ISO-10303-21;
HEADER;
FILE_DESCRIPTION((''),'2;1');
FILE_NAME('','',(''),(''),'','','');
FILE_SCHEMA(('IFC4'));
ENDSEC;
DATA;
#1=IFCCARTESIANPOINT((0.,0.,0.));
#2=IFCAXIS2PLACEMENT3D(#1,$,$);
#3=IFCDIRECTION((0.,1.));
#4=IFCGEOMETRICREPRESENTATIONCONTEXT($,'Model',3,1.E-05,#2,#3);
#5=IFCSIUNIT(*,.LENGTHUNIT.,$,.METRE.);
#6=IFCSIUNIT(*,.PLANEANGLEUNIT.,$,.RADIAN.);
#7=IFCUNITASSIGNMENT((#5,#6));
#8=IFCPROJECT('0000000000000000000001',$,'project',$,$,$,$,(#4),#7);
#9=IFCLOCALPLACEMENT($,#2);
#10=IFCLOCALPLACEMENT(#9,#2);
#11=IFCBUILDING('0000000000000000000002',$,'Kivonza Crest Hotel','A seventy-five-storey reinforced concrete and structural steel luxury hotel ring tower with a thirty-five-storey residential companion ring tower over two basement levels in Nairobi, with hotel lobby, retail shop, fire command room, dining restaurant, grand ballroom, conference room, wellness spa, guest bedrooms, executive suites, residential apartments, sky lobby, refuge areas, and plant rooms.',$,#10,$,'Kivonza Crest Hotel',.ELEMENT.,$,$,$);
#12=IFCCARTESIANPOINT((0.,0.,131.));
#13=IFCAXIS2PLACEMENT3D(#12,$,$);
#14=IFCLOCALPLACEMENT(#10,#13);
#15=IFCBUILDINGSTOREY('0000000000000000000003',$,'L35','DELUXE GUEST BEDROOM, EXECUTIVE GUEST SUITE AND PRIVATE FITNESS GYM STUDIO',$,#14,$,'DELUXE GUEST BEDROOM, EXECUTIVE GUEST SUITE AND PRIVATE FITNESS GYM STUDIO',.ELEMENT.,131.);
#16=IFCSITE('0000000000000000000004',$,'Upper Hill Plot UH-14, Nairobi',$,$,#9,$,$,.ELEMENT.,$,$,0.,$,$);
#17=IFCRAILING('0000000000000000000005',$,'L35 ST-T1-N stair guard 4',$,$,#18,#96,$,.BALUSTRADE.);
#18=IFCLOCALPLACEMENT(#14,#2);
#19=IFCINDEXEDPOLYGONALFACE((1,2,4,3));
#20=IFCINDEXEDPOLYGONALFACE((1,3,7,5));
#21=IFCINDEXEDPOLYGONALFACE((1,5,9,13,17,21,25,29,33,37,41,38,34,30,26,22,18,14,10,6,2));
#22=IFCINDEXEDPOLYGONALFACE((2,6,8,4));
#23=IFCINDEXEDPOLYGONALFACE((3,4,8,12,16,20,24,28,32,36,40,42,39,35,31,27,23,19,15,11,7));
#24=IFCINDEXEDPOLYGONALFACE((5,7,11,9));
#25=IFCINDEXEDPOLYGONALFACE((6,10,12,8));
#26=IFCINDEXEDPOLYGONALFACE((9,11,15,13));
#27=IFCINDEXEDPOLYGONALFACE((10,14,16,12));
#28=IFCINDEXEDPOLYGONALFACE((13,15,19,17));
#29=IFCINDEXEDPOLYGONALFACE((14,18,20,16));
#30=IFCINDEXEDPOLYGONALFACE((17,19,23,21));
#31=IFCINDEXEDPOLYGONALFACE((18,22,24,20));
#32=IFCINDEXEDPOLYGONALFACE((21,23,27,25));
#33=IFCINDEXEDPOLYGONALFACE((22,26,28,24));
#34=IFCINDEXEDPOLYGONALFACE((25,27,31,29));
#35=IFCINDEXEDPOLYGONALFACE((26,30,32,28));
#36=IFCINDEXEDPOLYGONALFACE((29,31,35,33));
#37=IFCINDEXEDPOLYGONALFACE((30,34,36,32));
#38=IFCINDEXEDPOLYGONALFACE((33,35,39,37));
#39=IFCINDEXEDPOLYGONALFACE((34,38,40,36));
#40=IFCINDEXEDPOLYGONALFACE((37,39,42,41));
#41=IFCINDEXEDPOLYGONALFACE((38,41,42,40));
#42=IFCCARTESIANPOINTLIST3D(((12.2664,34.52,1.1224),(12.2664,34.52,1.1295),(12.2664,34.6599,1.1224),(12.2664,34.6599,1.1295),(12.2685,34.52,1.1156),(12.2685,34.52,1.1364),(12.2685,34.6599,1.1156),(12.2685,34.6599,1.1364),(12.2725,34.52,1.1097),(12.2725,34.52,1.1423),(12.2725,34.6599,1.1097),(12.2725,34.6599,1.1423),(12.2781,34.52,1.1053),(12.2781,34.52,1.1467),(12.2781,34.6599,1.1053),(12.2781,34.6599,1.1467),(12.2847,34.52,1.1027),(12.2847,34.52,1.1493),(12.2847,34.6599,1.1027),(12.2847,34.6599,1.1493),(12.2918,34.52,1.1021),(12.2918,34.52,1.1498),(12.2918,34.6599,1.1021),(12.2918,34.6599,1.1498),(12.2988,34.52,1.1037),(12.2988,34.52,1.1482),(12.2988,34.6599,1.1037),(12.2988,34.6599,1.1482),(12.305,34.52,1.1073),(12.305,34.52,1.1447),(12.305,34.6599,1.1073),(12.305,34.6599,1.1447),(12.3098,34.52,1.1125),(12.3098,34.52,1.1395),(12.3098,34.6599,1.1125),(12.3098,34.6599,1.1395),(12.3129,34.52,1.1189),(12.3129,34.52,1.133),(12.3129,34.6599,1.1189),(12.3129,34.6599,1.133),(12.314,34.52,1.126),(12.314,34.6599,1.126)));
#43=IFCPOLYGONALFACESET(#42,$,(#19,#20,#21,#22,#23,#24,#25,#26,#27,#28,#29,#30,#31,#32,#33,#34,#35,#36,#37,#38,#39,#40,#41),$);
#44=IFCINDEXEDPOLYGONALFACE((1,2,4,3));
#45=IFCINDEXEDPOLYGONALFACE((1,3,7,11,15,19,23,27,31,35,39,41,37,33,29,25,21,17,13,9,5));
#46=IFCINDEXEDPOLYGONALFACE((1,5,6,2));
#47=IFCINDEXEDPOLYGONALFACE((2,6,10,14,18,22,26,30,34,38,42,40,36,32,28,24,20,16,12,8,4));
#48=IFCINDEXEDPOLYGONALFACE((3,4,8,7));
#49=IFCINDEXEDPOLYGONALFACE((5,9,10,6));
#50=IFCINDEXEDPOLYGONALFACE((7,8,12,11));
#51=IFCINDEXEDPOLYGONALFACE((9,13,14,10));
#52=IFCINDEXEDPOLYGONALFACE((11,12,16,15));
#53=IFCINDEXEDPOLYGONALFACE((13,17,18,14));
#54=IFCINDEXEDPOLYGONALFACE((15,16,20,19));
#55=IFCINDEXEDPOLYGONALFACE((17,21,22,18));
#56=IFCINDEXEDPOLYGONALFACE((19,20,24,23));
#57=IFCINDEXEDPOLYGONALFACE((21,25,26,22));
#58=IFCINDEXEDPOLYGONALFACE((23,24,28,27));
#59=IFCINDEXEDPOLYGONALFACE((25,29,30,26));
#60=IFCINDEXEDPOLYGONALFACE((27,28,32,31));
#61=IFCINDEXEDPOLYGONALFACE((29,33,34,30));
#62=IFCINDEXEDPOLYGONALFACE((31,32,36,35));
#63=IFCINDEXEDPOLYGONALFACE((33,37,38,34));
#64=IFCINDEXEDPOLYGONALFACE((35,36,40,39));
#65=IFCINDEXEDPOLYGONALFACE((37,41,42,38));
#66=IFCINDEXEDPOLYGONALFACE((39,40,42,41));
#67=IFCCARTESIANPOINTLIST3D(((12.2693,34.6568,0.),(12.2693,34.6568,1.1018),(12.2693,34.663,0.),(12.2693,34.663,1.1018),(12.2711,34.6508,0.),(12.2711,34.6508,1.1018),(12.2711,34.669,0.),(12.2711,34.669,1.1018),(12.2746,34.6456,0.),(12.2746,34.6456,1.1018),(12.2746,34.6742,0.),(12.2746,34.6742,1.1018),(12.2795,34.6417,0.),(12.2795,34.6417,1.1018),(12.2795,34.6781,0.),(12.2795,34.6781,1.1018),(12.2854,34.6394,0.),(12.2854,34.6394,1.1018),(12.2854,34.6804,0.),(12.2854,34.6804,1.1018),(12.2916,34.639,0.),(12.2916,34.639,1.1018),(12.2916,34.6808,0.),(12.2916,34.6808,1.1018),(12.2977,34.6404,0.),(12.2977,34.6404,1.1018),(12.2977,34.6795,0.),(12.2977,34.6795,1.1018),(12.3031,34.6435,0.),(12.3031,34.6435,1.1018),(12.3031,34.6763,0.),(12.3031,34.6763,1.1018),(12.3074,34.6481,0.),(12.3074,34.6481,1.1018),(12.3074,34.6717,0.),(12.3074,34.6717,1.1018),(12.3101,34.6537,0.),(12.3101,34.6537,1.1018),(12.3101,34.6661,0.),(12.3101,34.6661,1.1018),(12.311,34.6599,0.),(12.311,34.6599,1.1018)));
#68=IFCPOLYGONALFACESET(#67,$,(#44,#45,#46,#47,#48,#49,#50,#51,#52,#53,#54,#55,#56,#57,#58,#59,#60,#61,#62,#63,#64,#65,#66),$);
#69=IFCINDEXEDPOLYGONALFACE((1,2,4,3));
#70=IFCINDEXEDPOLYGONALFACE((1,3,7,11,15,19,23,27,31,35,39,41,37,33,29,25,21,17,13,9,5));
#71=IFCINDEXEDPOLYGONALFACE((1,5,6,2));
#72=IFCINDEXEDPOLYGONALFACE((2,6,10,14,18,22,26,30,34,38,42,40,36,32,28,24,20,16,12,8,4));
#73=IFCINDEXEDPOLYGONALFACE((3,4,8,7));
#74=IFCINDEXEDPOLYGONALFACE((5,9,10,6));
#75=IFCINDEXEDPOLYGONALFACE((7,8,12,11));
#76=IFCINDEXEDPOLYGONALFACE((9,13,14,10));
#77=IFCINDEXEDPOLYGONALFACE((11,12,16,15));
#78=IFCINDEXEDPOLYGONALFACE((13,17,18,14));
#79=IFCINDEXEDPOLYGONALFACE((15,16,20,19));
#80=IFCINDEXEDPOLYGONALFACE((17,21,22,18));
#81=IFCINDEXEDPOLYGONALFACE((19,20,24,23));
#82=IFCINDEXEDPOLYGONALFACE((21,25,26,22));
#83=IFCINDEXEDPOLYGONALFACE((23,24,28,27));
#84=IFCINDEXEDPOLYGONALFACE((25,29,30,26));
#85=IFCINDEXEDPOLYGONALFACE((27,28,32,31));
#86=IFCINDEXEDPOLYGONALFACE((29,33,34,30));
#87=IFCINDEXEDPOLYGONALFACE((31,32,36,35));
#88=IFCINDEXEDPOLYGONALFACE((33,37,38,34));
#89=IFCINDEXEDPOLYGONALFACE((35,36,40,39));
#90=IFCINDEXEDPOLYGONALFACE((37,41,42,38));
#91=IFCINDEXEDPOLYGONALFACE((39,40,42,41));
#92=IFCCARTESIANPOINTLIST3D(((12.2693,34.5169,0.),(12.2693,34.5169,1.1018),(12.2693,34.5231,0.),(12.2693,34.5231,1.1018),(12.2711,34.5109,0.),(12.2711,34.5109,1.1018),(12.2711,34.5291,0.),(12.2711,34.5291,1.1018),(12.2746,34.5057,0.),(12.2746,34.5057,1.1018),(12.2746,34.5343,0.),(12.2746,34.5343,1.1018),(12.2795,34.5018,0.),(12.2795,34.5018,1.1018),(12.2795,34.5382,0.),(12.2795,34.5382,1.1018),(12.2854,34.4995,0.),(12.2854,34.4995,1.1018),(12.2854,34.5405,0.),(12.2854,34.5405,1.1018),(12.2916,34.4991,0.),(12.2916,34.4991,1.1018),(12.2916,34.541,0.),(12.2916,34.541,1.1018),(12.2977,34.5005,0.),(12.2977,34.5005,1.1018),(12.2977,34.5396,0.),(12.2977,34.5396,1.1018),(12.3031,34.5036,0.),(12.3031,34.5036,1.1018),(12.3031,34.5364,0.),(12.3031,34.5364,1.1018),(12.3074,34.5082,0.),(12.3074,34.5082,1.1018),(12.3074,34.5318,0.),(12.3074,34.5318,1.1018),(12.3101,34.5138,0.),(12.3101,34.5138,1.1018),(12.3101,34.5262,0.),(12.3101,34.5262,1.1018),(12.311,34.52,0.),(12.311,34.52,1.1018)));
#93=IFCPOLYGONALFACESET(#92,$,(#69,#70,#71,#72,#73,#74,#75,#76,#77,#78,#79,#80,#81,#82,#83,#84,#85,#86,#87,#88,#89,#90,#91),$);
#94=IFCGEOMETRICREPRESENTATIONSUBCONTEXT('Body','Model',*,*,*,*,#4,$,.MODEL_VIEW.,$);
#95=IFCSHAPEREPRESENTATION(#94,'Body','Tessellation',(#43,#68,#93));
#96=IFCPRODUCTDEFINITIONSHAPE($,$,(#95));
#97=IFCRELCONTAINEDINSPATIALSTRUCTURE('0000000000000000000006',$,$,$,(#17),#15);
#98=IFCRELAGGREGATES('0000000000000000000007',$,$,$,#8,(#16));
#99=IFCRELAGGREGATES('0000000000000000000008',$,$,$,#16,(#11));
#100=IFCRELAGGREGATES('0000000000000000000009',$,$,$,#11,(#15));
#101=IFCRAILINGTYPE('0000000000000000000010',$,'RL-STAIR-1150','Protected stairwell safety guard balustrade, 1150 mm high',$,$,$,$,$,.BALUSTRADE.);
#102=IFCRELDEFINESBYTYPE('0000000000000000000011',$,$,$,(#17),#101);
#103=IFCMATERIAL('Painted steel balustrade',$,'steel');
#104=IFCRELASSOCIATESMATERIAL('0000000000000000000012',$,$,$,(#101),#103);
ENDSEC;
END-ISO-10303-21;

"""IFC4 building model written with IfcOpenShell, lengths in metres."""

from ifc_helpers import new_model, si_unit, direction, frame, origin, origin_2d, place, context, subcontext, project, spatial, circle, extrude, material, type_object, element, save


model = new_model("IFC4")

# Units and contexts
model_context = context("Model", 3, precision=1e-05, world=origin(), true_north=direction((0.0, 1.0)))
body_context = subcontext(model_context, "Body", "Model", "MODEL_VIEW")
ifc_project = project(units=[si_unit("LENGTHUNIT", "METRE"), si_unit("PLANEANGLEUNIT", "RADIAN")], contexts=[model_context])

# Site, building, storey
site_placement = place(None, origin())
site = spatial("IfcSite", under=ifc_project, at=site_placement, Name="Upper Hill Plot UH-14, Nairobi", CompositionType="ELEMENT", RefElevation=0.0)
building_placement = place(site_placement, origin())
building = spatial("IfcBuilding", under=site, at=building_placement, Name="Kivonza Crest Hotel", Description="A seventy-five-storey reinforced concrete and structural steel luxury hotel ring tower with a thirty-five-storey residential companion ring tower over two basement levels in Nairobi, with hotel lobby, retail shop, fire command room, dining restaurant, grand ballroom, conference room, wellness spa, guest bedrooms, executive suites, residential apartments, sky lobby, refuge areas, and plant rooms.", LongName="Kivonza Crest Hotel", CompositionType="ELEMENT")
storey_placement = place(building_placement, frame((0.0, 0.0, 131.0)))
storey = spatial("IfcBuildingStorey", under=building, at=storey_placement, Name="L35", Description="DELUXE GUEST BEDROOM, EXECUTIVE GUEST SUITE AND PRIVATE FITNESS GYM STUDIO", LongName="DELUXE GUEST BEDROOM, EXECUTIVE GUEST SUITE AND PRIVATE FITNESS GYM STUDIO", CompositionType="ELEMENT", Elevation=131.0)

# Railing
ifc_material_1 = material(Name="Painted steel balustrade", Category="steel")
railing_type_1 = type_object("IfcRailingType", Name="RL-STAIR-1150", Description="Protected stairwell safety guard balustrade, 1150 mm high", PredefinedType="BALUSTRADE", material=ifc_material_1)
railing_1_placement = place(storey_placement, frame((12.29, 34.6599, 0.0)))
element("IfcRailing", 1, at=railing_1_placement, inside=storey, type_object=railing_type_1, Name="L35 ST-T1-N stair guard 4", PredefinedType="BALUSTRADE", context=body_context, shape_type="SweptSolid", body=[
    extrude(circle(Radius=0.0239, at=origin_2d()), frame((0.0, 0.0, 1.126), z_axis=(0.0, -1.0, 0.0), x_axis=(1.0, 0.0, 0.0)), (0.0, 0.0, 1.0), 0.1399),
    extrude(circle(Radius=0.021, at=origin_2d()), origin(), (0.0, 0.0, 1.0), 1.1018),
    extrude(circle(Radius=0.021, at=origin_2d()), frame((0.0, -0.1399, 0.0)), (0.0, 0.0, 1.0), 1.1018),
])

save(model, "model.ifc")
